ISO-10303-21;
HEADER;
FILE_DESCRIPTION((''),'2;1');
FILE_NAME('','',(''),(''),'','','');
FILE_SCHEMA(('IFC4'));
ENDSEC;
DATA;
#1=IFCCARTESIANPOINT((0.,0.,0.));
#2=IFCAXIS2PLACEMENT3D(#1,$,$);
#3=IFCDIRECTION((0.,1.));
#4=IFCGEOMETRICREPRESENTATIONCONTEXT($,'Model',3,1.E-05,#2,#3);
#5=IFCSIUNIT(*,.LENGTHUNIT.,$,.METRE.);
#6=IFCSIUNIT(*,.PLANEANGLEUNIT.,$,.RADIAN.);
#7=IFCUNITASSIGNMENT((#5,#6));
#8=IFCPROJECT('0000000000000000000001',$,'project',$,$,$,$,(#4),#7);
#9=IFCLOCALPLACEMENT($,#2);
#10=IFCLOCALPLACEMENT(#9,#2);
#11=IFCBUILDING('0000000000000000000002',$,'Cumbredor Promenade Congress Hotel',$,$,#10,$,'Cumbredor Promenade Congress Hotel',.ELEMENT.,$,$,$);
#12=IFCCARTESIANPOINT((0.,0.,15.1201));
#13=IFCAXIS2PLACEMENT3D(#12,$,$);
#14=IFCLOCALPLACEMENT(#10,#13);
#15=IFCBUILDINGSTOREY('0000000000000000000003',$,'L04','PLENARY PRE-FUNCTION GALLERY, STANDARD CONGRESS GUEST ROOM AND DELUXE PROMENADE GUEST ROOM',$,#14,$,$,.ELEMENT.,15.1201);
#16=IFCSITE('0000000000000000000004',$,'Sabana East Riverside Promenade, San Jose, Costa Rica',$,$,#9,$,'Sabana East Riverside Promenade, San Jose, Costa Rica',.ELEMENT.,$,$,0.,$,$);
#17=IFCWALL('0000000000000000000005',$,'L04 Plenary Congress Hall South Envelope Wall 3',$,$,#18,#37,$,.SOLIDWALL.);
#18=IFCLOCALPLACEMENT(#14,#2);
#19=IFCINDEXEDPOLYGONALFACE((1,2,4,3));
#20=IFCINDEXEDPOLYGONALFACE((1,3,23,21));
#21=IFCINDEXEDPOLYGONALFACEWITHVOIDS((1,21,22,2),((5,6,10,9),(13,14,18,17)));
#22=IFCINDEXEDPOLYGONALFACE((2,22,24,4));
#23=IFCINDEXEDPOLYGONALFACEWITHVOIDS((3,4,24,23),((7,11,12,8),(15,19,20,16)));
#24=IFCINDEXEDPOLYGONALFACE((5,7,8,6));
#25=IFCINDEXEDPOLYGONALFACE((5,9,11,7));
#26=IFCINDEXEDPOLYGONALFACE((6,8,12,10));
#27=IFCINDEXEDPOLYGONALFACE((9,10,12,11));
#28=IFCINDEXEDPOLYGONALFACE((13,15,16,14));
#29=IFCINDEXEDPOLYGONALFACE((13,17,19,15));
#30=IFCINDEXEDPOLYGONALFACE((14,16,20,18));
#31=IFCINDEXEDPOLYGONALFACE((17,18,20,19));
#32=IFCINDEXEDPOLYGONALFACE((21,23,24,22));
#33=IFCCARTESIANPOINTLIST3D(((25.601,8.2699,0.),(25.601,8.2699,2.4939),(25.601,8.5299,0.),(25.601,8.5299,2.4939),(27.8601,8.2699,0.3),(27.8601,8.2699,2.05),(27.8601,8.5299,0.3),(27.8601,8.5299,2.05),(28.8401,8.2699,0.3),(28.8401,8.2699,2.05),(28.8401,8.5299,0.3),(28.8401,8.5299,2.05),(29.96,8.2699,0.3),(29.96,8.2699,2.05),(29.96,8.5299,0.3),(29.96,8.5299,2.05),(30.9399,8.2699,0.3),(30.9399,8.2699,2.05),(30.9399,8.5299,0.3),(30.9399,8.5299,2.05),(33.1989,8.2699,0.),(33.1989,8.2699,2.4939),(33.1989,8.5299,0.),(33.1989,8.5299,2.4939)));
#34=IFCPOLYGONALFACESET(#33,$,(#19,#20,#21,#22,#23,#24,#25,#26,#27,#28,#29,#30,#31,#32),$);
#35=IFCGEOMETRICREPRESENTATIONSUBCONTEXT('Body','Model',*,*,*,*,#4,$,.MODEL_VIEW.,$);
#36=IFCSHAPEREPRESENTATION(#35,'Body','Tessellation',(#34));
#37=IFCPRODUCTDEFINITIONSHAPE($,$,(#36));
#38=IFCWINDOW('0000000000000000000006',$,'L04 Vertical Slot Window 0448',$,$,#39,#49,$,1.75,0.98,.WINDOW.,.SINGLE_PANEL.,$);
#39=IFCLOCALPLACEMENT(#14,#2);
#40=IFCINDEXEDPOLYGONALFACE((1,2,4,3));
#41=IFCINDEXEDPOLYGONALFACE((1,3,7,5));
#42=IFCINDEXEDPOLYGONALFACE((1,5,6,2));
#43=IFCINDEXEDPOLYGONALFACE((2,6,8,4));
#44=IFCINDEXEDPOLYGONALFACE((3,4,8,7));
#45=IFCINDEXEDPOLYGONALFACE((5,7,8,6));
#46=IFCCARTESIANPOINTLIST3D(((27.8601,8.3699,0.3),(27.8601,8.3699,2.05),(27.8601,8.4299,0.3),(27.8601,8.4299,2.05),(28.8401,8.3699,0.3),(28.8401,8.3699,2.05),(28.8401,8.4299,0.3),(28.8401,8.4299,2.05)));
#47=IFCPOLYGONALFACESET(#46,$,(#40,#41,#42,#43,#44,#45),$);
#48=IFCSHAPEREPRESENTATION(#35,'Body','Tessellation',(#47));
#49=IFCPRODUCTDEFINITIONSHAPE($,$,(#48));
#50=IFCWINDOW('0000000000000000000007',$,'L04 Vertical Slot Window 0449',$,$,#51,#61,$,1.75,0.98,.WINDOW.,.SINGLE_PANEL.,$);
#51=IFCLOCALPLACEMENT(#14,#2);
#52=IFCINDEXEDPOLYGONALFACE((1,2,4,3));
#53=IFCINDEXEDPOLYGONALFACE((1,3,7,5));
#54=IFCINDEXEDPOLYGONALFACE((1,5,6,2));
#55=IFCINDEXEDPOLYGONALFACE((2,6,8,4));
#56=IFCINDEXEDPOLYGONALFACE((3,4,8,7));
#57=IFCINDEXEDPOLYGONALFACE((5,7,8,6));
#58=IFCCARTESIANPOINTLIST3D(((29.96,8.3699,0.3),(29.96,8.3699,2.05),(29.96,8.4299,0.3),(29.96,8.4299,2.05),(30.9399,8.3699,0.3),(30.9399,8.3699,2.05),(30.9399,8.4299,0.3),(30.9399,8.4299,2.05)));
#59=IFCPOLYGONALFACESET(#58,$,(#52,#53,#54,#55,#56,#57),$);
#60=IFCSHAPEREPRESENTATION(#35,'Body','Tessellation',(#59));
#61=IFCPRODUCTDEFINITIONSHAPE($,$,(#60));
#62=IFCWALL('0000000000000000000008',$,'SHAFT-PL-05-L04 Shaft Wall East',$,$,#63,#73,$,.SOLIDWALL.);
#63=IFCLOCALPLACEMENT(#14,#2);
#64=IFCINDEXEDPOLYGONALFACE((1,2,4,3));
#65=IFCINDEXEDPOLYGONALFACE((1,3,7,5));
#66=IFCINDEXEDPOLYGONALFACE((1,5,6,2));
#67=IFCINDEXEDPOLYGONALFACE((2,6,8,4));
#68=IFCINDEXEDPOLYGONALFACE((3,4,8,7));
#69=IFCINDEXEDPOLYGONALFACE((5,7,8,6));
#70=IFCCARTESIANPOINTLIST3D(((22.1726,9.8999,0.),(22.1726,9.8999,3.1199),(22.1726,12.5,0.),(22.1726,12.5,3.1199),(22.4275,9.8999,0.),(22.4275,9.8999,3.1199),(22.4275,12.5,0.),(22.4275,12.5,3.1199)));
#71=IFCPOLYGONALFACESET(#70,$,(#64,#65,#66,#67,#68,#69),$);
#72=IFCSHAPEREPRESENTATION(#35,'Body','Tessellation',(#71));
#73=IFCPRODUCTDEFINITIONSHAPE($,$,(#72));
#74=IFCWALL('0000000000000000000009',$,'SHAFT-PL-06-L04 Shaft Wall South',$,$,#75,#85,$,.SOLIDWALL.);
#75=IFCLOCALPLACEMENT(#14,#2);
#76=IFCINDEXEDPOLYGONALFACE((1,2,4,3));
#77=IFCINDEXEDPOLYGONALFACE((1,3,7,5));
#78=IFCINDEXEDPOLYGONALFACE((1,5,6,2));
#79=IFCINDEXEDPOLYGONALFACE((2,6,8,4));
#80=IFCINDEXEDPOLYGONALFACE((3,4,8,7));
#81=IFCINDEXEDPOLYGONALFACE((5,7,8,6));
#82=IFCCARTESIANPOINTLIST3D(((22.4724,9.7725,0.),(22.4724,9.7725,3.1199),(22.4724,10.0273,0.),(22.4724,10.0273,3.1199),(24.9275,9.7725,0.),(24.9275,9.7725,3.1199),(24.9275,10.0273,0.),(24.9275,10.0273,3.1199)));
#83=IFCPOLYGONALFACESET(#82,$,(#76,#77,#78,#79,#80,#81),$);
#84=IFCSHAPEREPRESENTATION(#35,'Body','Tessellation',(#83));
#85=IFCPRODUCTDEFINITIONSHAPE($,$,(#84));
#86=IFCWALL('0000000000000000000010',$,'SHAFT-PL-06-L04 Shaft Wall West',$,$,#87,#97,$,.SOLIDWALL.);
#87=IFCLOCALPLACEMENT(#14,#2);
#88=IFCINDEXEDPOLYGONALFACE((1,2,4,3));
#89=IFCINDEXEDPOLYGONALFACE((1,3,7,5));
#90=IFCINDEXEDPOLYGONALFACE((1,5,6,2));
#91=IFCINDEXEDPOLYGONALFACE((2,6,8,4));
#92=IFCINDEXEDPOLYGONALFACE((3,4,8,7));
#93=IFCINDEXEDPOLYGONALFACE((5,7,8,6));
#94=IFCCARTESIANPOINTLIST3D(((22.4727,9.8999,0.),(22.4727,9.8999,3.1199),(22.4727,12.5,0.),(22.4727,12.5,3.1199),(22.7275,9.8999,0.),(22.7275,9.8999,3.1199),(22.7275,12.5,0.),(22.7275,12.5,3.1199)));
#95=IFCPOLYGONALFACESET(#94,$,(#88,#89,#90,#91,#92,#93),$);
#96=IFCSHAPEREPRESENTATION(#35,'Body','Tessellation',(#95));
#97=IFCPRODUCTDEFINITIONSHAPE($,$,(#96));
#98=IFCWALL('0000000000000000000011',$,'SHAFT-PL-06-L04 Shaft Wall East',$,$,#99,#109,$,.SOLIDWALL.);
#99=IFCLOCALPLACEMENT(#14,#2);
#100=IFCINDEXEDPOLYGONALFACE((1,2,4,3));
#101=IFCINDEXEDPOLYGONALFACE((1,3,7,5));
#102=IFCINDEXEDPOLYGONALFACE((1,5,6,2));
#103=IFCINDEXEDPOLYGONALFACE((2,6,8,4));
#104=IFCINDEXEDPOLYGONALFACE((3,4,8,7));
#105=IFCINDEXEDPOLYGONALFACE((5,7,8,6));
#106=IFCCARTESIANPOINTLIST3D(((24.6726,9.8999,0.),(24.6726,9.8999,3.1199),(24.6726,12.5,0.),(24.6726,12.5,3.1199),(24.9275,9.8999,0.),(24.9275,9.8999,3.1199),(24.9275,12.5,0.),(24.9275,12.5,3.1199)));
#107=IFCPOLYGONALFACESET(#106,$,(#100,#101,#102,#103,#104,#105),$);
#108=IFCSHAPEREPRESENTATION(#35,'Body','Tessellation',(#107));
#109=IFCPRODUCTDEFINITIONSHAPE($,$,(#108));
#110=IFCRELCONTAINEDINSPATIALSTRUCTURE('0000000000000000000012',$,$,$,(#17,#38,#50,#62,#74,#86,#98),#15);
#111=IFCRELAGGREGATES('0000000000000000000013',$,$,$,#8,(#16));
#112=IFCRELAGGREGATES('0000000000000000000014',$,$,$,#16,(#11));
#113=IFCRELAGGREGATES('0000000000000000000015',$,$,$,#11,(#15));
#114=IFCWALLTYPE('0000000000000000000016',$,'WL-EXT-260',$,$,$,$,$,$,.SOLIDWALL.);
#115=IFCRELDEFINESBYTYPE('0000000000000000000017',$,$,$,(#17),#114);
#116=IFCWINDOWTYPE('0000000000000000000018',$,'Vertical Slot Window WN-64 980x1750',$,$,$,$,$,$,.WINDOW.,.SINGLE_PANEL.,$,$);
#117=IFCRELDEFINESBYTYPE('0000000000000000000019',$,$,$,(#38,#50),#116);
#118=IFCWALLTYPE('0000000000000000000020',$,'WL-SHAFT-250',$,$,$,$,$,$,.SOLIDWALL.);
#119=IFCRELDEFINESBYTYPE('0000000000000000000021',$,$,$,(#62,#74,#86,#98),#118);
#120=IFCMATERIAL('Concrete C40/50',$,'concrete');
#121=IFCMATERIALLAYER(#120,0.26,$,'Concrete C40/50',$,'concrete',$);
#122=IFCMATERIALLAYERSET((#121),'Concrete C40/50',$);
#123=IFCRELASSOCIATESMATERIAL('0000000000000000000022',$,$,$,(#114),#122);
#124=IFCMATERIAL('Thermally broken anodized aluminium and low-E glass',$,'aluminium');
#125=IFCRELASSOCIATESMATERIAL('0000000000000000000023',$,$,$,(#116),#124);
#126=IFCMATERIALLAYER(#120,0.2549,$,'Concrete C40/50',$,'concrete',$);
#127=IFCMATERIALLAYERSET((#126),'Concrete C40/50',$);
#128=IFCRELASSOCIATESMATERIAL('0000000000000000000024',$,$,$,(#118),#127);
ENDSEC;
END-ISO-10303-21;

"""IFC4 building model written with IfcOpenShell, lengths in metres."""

from ifc_helpers import new_model, si_unit, direction, frame, frame_2d, origin, place, context, subcontext, project, spatial, rectangle, extrude, material, layer, layer_set, type_object, element, fill, save


model = new_model("IFC4")

# Units and contexts
model_context = context("Model", 3, precision=1e-05, world=origin(), true_north=direction((0.0, 1.0)))
body_context = subcontext(model_context, "Body", "Model", "MODEL_VIEW")
ifc_project = project(units=[si_unit("LENGTHUNIT", "METRE"), si_unit("PLANEANGLEUNIT", "RADIAN")], contexts=[model_context])

# Site, building, storey
site_placement = place(None, origin())
site = spatial("IfcSite", under=ifc_project, at=site_placement, Name="Sabana East Riverside Promenade, San Jose, Costa Rica", LongName="Sabana East Riverside Promenade, San Jose, Costa Rica", CompositionType="ELEMENT", RefElevation=0.0)
building_placement = place(site_placement, origin())
building = spatial("IfcBuilding", under=site, at=building_placement, Name="Cumbredor Promenade Congress Hotel", LongName="Cumbredor Promenade Congress Hotel", CompositionType="ELEMENT")
storey_placement = place(building_placement, frame((0.0, 0.0, 15.1201)))
storey = spatial("IfcBuildingStorey", under=building, at=storey_placement, Name="L04", Description="PLENARY PRE-FUNCTION GALLERY, STANDARD CONGRESS GUEST ROOM AND DELUXE PROMENADE GUEST ROOM", CompositionType="ELEMENT", Elevation=15.1201)

# Shared definitions
ifc_material_1 = material(Name="Concrete C40/50", Category="concrete")

# Shared definitions
ifc_material_2 = material(Name="Thermally broken anodized aluminium and low-E glass", Category="aluminium")

# Wall, openings, windows
ifc_layer_1 = layer(ifc_material_1, 0.26, Name="Concrete C40/50", Category="concrete")
ifc_layer_set_1 = layer_set([ifc_layer_1], Name="Concrete C40/50")
wall_type_1 = type_object("IfcWallType", Name="WL-EXT-260", PredefinedType="SOLIDWALL", material=ifc_layer_set_1)
wall_1_placement = place(storey_placement, frame((25.6011, 8.3999, 0.0), z_axis=(0.0, 0.0, 1.0), x_axis=(1.0, 0.0, 0.0)))
wall_1 = element("IfcWall", 1, at=wall_1_placement, inside=storey, type_object=wall_type_1, Name="L04 Plenary Congress Hall South Envelope Wall 3", PredefinedType="SOLIDWALL", context=body_context, shape_type="SweptSolid", body=[
    extrude(rectangle(XDim=7.5979, YDim=0.26, at=frame_2d((3.7988, 0.0))), origin(), (0.0, 0.0, 1.0), 2.4939),
])
opening_1_placement = place(wall_1_placement, frame((2.259, 0.0, 0.3)))
opening_1 = element("IfcOpeningElement", 2, at=opening_1_placement, cuts=wall_1, PredefinedType="OPENING", context=body_context, shape_type="SweptSolid", body=[
    extrude(rectangle(XDim=0.98, YDim=1.75, at=frame_2d((0.49, 0.875))), frame((0.0, 0.1401, 0.0), z_axis=(0.0, -1.0, 0.0), x_axis=(1.0, 0.0, 0.0)), (0.0, 0.0, 1.0), 0.28),
])
opening_2_placement = place(wall_1_placement, frame((4.3589, 0.0, 0.3)))
opening_2 = element("IfcOpeningElement", 3, at=opening_2_placement, cuts=wall_1, PredefinedType="OPENING", context=body_context, shape_type="SweptSolid", body=[
    extrude(rectangle(XDim=0.98, YDim=1.75, at=frame_2d((0.49, 0.875))), frame((0.0, 0.1401, 0.0), z_axis=(0.0, -1.0, 0.0), x_axis=(1.0, 0.0, 0.0)), (0.0, 0.0, 1.0), 0.28),
])
window_type = type_object("IfcWindowType", Name="Vertical Slot Window WN-64 980x1750", PartitioningType="SINGLE_PANEL", PredefinedType="WINDOW", material=ifc_material_2)
window_1_placement = place(opening_1_placement, origin())
window_1 = element("IfcWindow", 4, at=window_1_placement, inside=storey, type_object=window_type, Name="L04 Vertical Slot Window 0448", OverallHeight=1.75, OverallWidth=0.98, PartitioningType="SINGLE_PANEL", PredefinedType="WINDOW", context=body_context, shape_type="SweptSolid", body=[
    extrude(rectangle(XDim=0.98, YDim=1.75, at=frame_2d((0.49, 0.875))), frame((0.0, 0.03, 0.0), z_axis=(0.0, -1.0, 0.0), x_axis=(1.0, 0.0, 0.0)), (0.0, 0.0, 1.0), 0.0601),
])
fill(opening_1, window_1)
window_2_placement = place(opening_2_placement, origin())
window_2 = element("IfcWindow", 5, at=window_2_placement, inside=storey, type_object=window_type, Name="L04 Vertical Slot Window 0449", OverallHeight=1.75, OverallWidth=0.98, PartitioningType="SINGLE_PANEL", PredefinedType="WINDOW", context=body_context, shape_type="SweptSolid", body=[
    extrude(rectangle(XDim=0.98, YDim=1.75, at=frame_2d((0.49, 0.875))), frame((0.0, 0.03, 0.0), z_axis=(0.0, -1.0, 0.0), x_axis=(1.0, 0.0, 0.0)), (0.0, 0.0, 1.0), 0.0601),
])
fill(opening_2, window_2)

# Walls
ifc_layer_2 = layer(ifc_material_1, 0.2549, Name="Concrete C40/50", Category="concrete")
ifc_layer_set_2 = layer_set([ifc_layer_2], Name="Concrete C40/50")
wall_type_2 = type_object("IfcWallType", Name="WL-SHAFT-250", PredefinedType="SOLIDWALL", material=ifc_layer_set_2)
wall_2_placement = place(storey_placement, frame((22.3, 9.8999, 0.0), z_axis=(0.0, 0.0, 1.0), x_axis=(0.0, 1.0, 0.0)))
element("IfcWall", 6, at=wall_2_placement, inside=storey, type_object=wall_type_2, Name="SHAFT-PL-05-L04 Shaft Wall East", PredefinedType="SOLIDWALL", context=body_context, shape_type="SweptSolid", body=[
    extrude(rectangle(XDim=2.6001, YDim=0.2549, at=frame_2d((1.3, 0.0))), origin(), (0.0, 0.0, 1.0), 3.1199),
])
wall_3_placement = place(storey_placement, frame((22.4724, 9.8999, 0.0), z_axis=(0.0, 0.0, 1.0), x_axis=(1.0, 0.0, 0.0)))
element("IfcWall", 7, at=wall_3_placement, inside=storey, type_object=wall_type_2, Name="SHAFT-PL-06-L04 Shaft Wall South", PredefinedType="SOLIDWALL", context=body_context, shape_type="SweptSolid", body=[
    extrude(rectangle(XDim=2.4551, YDim=0.2549, at=frame_2d((1.2275, 0.0))), origin(), (0.0, 0.0, 1.0), 3.1199),
])
for number, where, z_axis, x_axis, name in (
    (8, (22.6001, 9.8999, 0.0), (0.0, 0.0, 1.0), (0.0, 1.0, 0.0), "SHAFT-PL-06-L04 Shaft Wall West"),
    (9, (24.8, 9.8999, 0.0), (0.0, 0.0, 1.0), (0.0, 1.0, 0.0), "SHAFT-PL-06-L04 Shaft Wall East"),
):
    element("IfcWall", number, at=place(storey_placement, frame(where, z_axis=z_axis, x_axis=x_axis)), inside=storey, type_object=wall_type_2, Name=name, PredefinedType="SOLIDWALL", context=body_context, shape_type="SweptSolid", body=[
        extrude(rectangle(XDim=2.6001, YDim=0.2549, at=frame_2d((1.3, 0.0))), origin(), (0.0, 0.0, 1.0), 3.1199),
    ])

save(model, "model.ifc")
